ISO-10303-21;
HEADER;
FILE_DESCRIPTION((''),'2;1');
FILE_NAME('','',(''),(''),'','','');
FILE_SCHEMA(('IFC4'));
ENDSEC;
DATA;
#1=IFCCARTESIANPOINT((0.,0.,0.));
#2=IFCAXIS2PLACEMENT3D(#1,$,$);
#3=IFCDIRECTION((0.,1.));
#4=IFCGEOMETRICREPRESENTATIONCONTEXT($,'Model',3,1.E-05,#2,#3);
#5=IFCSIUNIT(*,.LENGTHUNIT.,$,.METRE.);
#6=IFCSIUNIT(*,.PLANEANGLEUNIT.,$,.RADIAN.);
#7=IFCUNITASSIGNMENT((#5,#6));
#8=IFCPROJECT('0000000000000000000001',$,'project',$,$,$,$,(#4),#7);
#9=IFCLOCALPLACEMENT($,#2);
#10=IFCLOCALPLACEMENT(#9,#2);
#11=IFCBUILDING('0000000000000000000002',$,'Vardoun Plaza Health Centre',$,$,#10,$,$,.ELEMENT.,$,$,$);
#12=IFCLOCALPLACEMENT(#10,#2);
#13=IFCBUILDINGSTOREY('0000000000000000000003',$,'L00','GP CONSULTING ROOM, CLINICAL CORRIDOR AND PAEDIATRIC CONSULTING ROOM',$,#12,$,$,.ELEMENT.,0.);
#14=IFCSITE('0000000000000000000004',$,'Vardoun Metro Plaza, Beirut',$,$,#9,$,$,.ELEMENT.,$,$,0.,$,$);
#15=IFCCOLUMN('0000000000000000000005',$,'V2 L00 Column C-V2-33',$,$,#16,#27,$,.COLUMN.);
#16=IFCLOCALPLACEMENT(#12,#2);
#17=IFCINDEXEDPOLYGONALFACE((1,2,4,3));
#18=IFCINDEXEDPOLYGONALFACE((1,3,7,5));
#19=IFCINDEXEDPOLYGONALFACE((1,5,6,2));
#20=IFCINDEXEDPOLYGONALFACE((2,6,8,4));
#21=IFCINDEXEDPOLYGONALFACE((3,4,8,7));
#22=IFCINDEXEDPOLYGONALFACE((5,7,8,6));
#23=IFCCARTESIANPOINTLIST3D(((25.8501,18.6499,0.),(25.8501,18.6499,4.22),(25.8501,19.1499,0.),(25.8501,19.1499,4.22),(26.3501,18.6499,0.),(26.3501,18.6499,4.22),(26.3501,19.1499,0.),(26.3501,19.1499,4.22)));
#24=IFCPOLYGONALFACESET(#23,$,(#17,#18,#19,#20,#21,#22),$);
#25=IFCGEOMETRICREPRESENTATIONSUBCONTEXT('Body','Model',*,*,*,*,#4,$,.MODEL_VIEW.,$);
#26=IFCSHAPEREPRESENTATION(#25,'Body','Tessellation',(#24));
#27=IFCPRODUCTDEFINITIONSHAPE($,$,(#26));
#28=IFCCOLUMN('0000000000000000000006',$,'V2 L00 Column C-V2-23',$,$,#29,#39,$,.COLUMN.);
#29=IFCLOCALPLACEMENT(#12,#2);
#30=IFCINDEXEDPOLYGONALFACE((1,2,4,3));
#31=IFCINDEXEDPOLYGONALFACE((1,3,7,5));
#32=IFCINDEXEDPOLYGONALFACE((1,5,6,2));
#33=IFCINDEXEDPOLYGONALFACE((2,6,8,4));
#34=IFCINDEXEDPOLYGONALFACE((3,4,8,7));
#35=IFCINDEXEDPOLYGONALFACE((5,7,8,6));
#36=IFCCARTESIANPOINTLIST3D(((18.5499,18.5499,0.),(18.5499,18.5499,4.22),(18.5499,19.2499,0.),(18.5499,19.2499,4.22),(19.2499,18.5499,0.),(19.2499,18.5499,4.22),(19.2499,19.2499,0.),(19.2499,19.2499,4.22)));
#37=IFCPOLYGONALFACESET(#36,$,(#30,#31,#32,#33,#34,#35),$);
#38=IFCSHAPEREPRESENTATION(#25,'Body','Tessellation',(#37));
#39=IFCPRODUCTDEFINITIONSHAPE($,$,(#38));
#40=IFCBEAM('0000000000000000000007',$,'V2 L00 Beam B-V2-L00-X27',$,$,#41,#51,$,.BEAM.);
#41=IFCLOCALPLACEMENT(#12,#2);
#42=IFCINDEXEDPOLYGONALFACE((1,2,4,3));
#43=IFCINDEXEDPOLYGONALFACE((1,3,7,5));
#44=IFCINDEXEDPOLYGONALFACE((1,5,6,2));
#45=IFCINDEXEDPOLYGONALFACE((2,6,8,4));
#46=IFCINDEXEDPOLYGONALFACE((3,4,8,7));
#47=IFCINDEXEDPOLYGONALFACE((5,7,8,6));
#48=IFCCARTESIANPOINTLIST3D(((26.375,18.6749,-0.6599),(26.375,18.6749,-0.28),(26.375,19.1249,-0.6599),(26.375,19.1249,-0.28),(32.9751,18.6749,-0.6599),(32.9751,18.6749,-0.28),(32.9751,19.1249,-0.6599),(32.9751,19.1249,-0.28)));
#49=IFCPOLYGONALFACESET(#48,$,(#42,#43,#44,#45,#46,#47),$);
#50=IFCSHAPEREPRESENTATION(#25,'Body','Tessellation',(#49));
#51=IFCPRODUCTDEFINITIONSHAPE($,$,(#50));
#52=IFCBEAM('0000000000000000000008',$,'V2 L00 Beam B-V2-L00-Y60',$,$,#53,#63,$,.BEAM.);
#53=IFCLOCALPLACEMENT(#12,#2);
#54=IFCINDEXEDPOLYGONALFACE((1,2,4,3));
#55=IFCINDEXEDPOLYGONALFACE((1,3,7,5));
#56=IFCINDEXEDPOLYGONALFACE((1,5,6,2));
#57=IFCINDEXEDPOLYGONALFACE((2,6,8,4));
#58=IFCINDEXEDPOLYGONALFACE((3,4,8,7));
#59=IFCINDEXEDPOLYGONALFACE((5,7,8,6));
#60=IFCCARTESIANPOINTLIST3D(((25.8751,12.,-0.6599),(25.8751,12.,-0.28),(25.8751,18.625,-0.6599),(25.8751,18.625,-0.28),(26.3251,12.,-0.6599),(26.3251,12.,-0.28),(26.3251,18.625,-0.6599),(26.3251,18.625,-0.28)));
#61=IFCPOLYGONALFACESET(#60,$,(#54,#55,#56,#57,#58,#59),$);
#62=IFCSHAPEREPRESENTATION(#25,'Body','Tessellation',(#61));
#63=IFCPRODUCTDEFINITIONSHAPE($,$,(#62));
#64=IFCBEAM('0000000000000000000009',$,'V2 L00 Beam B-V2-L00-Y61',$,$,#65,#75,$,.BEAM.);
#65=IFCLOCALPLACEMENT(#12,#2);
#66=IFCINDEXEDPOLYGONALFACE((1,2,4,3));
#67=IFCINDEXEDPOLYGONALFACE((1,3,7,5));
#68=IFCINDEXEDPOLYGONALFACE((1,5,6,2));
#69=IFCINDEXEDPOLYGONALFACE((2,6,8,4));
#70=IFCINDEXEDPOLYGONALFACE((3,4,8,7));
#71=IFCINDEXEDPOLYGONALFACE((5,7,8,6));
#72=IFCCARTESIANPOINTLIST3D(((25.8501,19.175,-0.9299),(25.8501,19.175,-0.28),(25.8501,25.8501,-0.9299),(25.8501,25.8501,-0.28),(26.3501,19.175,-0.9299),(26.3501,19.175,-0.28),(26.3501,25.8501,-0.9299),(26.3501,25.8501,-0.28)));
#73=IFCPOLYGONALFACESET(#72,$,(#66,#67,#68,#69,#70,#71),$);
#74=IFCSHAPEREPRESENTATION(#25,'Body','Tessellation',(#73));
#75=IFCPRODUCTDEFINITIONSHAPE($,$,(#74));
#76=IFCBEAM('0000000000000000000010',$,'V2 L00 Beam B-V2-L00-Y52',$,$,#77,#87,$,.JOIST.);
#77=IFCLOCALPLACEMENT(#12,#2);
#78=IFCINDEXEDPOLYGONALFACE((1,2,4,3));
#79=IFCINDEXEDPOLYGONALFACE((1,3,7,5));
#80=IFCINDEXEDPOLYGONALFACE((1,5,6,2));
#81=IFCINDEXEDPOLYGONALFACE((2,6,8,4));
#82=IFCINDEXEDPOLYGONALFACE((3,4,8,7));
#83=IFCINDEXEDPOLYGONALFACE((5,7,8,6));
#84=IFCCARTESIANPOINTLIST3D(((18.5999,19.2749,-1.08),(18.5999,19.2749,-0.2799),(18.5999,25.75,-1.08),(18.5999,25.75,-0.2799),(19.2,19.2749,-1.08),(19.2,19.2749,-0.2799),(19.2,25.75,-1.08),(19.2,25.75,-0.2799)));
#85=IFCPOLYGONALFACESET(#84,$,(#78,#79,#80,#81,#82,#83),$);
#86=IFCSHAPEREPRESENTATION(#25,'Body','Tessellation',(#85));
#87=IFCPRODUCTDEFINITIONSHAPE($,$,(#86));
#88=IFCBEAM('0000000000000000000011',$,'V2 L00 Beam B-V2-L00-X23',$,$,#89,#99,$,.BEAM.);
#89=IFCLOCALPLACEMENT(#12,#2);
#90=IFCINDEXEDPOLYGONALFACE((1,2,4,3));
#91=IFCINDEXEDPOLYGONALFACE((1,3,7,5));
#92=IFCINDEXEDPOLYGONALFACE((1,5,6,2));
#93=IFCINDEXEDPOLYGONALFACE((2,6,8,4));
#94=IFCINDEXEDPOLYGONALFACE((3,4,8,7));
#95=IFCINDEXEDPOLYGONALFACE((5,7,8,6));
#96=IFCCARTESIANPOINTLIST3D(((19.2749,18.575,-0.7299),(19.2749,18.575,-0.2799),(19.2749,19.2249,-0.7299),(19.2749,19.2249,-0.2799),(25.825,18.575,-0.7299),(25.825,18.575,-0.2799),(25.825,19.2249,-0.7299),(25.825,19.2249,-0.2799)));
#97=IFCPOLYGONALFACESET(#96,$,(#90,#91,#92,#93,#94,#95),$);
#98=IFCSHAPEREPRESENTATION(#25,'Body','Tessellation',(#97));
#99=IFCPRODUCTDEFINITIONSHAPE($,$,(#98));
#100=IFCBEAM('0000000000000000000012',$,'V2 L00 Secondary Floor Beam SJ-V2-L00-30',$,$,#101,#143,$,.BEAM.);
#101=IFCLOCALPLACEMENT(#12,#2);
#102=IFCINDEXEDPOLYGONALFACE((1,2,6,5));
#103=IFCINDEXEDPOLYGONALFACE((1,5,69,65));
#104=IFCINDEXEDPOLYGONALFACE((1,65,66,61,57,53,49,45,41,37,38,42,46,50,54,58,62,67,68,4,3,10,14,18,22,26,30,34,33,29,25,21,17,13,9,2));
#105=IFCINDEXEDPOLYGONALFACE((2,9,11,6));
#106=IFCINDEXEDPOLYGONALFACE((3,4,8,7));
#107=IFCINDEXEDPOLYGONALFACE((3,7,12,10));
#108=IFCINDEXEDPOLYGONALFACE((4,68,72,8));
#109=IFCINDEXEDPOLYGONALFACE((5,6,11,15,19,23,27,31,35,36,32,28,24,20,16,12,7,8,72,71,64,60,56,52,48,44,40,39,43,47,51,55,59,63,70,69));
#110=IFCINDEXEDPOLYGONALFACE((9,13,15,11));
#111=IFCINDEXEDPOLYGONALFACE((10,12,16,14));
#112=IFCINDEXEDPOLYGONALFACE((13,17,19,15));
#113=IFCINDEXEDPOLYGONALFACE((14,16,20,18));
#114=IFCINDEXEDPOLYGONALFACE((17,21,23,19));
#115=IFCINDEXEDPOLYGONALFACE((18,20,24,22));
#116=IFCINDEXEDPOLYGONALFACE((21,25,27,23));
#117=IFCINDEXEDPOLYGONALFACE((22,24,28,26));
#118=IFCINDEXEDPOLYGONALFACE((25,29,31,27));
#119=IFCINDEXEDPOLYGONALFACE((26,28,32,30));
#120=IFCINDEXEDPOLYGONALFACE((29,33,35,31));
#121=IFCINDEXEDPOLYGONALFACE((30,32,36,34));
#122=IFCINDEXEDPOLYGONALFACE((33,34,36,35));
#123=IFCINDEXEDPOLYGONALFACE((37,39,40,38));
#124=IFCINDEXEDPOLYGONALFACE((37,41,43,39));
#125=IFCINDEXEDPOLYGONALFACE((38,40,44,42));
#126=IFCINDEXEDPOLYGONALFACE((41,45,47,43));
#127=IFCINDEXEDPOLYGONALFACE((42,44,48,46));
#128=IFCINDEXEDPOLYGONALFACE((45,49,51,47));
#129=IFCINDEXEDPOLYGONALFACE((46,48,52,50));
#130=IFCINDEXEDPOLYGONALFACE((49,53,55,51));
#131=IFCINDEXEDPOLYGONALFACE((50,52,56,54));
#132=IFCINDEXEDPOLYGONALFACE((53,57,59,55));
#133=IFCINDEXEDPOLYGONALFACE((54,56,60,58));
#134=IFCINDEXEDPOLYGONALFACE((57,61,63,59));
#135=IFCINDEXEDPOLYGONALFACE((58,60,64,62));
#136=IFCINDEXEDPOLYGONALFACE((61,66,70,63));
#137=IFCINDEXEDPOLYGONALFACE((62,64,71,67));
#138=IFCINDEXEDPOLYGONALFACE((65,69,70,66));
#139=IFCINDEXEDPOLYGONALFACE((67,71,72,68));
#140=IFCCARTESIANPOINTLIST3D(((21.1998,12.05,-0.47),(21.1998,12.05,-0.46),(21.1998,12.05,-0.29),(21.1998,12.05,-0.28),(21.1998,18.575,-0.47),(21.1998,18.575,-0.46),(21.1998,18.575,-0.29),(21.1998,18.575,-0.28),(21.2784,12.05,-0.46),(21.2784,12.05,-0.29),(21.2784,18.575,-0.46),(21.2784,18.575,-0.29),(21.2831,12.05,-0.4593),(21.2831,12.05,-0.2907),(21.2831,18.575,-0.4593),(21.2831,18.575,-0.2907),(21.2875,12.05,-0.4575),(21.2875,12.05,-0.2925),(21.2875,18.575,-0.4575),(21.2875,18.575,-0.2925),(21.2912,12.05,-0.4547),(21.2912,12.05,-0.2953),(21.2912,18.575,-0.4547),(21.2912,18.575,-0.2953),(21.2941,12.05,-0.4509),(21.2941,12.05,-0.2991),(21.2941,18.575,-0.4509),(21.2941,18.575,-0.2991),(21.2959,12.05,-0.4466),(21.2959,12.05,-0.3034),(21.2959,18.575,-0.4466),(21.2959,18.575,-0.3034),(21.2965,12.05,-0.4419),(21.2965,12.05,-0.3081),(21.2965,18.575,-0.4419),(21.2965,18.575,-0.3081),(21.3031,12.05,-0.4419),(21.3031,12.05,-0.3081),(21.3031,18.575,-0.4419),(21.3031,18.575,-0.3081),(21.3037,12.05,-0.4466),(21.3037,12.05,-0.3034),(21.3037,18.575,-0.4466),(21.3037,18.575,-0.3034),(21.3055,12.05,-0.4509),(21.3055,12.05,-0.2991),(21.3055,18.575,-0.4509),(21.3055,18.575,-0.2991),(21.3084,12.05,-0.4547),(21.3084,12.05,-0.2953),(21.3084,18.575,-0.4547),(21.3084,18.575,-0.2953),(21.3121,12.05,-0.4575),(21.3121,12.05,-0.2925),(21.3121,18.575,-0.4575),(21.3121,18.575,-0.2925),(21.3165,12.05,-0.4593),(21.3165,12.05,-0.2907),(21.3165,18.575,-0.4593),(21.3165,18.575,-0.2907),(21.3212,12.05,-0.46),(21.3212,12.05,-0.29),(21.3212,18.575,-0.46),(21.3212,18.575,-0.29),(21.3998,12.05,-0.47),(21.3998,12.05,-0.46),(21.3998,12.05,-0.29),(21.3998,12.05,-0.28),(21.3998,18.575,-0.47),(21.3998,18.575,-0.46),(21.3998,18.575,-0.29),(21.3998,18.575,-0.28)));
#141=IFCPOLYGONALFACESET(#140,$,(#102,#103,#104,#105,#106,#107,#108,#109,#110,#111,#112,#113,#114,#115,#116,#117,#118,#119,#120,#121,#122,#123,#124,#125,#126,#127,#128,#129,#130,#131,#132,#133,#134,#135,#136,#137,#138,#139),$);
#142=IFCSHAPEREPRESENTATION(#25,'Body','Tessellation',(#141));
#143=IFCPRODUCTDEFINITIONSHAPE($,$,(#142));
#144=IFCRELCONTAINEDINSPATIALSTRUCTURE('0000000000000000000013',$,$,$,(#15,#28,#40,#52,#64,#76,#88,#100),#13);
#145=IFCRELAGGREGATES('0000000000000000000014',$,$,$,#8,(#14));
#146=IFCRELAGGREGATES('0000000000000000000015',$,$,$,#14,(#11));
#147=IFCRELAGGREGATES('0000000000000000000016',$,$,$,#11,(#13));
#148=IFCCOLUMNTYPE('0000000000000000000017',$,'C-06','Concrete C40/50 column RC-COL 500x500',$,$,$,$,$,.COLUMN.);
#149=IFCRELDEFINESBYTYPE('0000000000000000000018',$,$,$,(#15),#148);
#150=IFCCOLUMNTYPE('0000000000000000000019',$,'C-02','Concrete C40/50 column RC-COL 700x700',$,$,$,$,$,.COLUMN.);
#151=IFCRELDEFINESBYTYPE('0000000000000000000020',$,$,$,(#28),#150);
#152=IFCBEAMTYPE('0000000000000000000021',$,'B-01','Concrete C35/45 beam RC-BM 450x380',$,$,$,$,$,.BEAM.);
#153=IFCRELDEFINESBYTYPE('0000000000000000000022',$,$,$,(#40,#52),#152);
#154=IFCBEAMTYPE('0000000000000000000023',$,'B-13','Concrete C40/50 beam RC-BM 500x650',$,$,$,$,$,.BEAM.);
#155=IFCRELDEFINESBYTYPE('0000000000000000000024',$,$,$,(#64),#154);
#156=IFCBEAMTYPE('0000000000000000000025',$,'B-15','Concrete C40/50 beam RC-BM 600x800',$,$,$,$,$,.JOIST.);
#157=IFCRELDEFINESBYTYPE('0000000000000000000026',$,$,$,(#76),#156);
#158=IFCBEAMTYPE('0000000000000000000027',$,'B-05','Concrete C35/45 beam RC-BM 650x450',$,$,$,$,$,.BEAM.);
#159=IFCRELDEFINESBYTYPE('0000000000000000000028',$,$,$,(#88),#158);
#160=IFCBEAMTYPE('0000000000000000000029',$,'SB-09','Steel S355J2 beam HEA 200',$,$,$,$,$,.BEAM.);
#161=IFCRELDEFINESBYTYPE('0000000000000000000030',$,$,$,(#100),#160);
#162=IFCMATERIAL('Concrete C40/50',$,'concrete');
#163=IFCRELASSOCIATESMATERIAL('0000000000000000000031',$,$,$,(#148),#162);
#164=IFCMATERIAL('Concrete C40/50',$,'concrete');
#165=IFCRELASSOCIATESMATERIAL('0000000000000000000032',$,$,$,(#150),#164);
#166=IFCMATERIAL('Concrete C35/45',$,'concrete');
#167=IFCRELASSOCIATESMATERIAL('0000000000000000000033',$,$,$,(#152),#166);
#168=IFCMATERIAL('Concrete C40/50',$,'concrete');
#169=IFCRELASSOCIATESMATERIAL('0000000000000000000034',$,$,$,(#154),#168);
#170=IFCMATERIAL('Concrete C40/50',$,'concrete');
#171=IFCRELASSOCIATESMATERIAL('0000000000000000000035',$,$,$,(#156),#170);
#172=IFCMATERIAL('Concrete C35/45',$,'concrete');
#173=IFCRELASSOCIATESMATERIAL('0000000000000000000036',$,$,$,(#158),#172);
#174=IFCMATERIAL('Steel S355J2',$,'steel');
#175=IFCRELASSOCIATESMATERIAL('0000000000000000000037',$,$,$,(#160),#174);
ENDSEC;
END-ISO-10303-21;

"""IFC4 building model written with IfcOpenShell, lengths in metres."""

from ifc_helpers import new_model, si_unit, direction, frame, origin, origin_2d, place, context, subcontext, project, spatial, rectangle, i_section, extrude, material, material_profile, profile_set, type_object, element, save


model = new_model("IFC4")

# Units and contexts
model_context = context("Model", 3, precision=1e-05, world=origin(), true_north=direction((0.0, 1.0)))
body_context = subcontext(model_context, "Body", "Model", "MODEL_VIEW")
ifc_project = project(units=[si_unit("LENGTHUNIT", "METRE"), si_unit("PLANEANGLEUNIT", "RADIAN")], contexts=[model_context])

# Site, building, storey
site_placement = place(None, origin())
site = spatial("IfcSite", under=ifc_project, at=site_placement, Name="Vardoun Metro Plaza, Beirut", CompositionType="ELEMENT", RefElevation=0.0)
building_placement = place(site_placement, origin())
building = spatial("IfcBuilding", under=site, at=building_placement, Name="Vardoun Plaza Health Centre", CompositionType="ELEMENT")
storey_placement = place(building_placement, origin())
storey = spatial("IfcBuildingStorey", under=building, at=storey_placement, Name="L00", Description="GP CONSULTING ROOM, CLINICAL CORRIDOR AND PAEDIATRIC CONSULTING ROOM", CompositionType="ELEMENT", Elevation=0.0)

# Columns
ifc_material_1 = material(Name="Concrete C40/50", Category="concrete")
ifc_material_profile_1 = material_profile(ifc_material_1, rectangle(XDim=0.5, YDim=0.5, at=origin_2d()), Name="RC-COL 500x500")
ifc_profile_set_1 = profile_set([ifc_material_profile_1], Name="Concrete C40/50")
column_type_1 = type_object("IfcColumnType", Name="C-06", Description="Concrete C40/50 column RC-COL 500x500", PredefinedType="COLUMN", material=ifc_profile_set_1)
column_1_placement = place(storey_placement, frame((26.1001, 18.8999, 0.0), z_axis=(0.0, 0.0, 1.0), x_axis=(1.0, 0.0, 0.0)))
element("IfcColumn", 1, at=column_1_placement, inside=storey, type_object=column_type_1, Name="V2 L00 Column C-V2-33", PredefinedType="COLUMN", context=body_context, shape_type="SweptSolid", body=[
    extrude(rectangle(XDim=0.5, YDim=0.5, at=origin_2d()), origin(), (0.0, 0.0, 1.0), 4.22),
])
ifc_material_2 = material(Name="Concrete C40/50", Category="concrete")
ifc_material_profile_2 = material_profile(ifc_material_2, rectangle(XDim=0.7, YDim=0.7, at=origin_2d()), Name="RC-COL 700x700")
ifc_profile_set_2 = profile_set([ifc_material_profile_2], Name="Concrete C40/50")
column_type_2 = type_object("IfcColumnType", Name="C-02", Description="Concrete C40/50 column RC-COL 700x700", PredefinedType="COLUMN", material=ifc_profile_set_2)
column_2_placement = place(storey_placement, frame((18.8999, 18.8999, 0.0), z_axis=(0.0, 0.0, 1.0), x_axis=(1.0, 0.0, 0.0)))
element("IfcColumn", 2, at=column_2_placement, inside=storey, type_object=column_type_2, Name="V2 L00 Column C-V2-23", PredefinedType="COLUMN", context=body_context, shape_type="SweptSolid", body=[
    extrude(rectangle(XDim=0.7, YDim=0.7, at=origin_2d()), origin(), (0.0, 0.0, 1.0), 4.22),
])

# Beams
ifc_material_3 = material(Name="Concrete C35/45", Category="concrete")
ifc_material_profile_3 = material_profile(ifc_material_3, rectangle(XDim=0.45, YDim=0.3799, at=origin_2d()), Name="RC-BM 450x380")
ifc_profile_set_3 = profile_set([ifc_material_profile_3], Name="Concrete C35/45")
beam_type_1 = type_object("IfcBeamType", Name="B-01", Description="Concrete C35/45 beam RC-BM 450x380", PredefinedType="BEAM", material=ifc_profile_set_3)
beam_1_placement = place(storey_placement, frame((26.375, 18.8999, -0.47), z_axis=(1.0, 0.0, 0.0), x_axis=(0.0, 1.0, 0.0)))
element("IfcBeam", 3, at=beam_1_placement, inside=storey, type_object=beam_type_1, Name="V2 L00 Beam B-V2-L00-X27", PredefinedType="BEAM", context=body_context, shape_type="SweptSolid", body=[
    extrude(rectangle(XDim=0.45, YDim=0.3799, at=origin_2d()), origin(), (0.0, 0.0, 1.0), 6.6001),
])
beam_2_placement = place(storey_placement, frame((26.1001, 12.0, -0.47), z_axis=(0.0, 1.0, 0.0), x_axis=(-1.0, 0.0, 0.0)))
element("IfcBeam", 4, at=beam_2_placement, inside=storey, type_object=beam_type_1, Name="V2 L00 Beam B-V2-L00-Y60", PredefinedType="BEAM", context=body_context, shape_type="SweptSolid", body=[
    extrude(rectangle(XDim=0.45, YDim=0.3799, at=origin_2d()), origin(), (0.0, 0.0, 1.0), 6.625),
])
ifc_material_4 = material(Name="Concrete C40/50", Category="concrete")
ifc_material_profile_4 = material_profile(ifc_material_4, rectangle(XDim=0.5, YDim=0.6499, at=origin_2d()), Name="RC-BM 500x650")
ifc_profile_set_4 = profile_set([ifc_material_profile_4], Name="Concrete C40/50")
beam_type_2 = type_object("IfcBeamType", Name="B-13", Description="Concrete C40/50 beam RC-BM 500x650", PredefinedType="BEAM", material=ifc_profile_set_4)
beam_3_placement = place(storey_placement, frame((26.1001, 19.175, -0.605), z_axis=(0.0, 1.0, 0.0), x_axis=(-1.0, 0.0, 0.0)))
element("IfcBeam", 5, at=beam_3_placement, inside=storey, type_object=beam_type_2, Name="V2 L00 Beam B-V2-L00-Y61", PredefinedType="BEAM", context=body_context, shape_type="SweptSolid", body=[
    extrude(rectangle(XDim=0.5, YDim=0.6499, at=origin_2d()), origin(), (0.0, 0.0, 1.0), 6.675),
])
ifc_material_5 = material(Name="Concrete C40/50", Category="concrete")
ifc_material_profile_5 = material_profile(ifc_material_5, rectangle(XDim=0.6001, YDim=0.8, at=origin_2d()), Name="RC-BM 600x800")
ifc_profile_set_5 = profile_set([ifc_material_profile_5], Name="Concrete C40/50")
beam_type_3 = type_object("IfcBeamType", Name="B-15", Description="Concrete C40/50 beam RC-BM 600x800", PredefinedType="JOIST", material=ifc_profile_set_5)
beam_4_placement = place(storey_placement, frame((18.8999, 19.2749, -0.6799), z_axis=(0.0, 1.0, 0.0), x_axis=(-1.0, 0.0, 0.0)))
element("IfcBeam", 6, at=beam_4_placement, inside=storey, type_object=beam_type_3, Name="V2 L00 Beam B-V2-L00-Y52", PredefinedType="JOIST", context=body_context, shape_type="SweptSolid", body=[
    extrude(rectangle(XDim=0.6001, YDim=0.8, at=origin_2d()), origin(), (0.0, 0.0, 1.0), 6.4751),
])
ifc_material_6 = material(Name="Concrete C35/45", Category="concrete")
ifc_material_profile_6 = material_profile(ifc_material_6, rectangle(XDim=0.6499, YDim=0.45, at=origin_2d()), Name="RC-BM 650x450")
ifc_profile_set_6 = profile_set([ifc_material_profile_6], Name="Concrete C35/45")
beam_type_4 = type_object("IfcBeamType", Name="B-05", Description="Concrete C35/45 beam RC-BM 650x450", PredefinedType="BEAM", material=ifc_profile_set_6)
beam_5_placement = place(storey_placement, frame((19.2749, 18.8999, -0.5049), z_axis=(1.0, 0.0, 0.0), x_axis=(0.0, 1.0, 0.0)))
element("IfcBeam", 7, at=beam_5_placement, inside=storey, type_object=beam_type_4, Name="V2 L00 Beam B-V2-L00-X23", PredefinedType="BEAM", context=body_context, shape_type="SweptSolid", body=[
    extrude(rectangle(XDim=0.6499, YDim=0.45, at=origin_2d()), origin(), (0.0, 0.0, 1.0), 6.55),
])
ifc_material_7 = material(Name="Steel S355J2", Category="steel")
ifc_material_profile_7 = material_profile(ifc_material_7, i_section(OverallWidth=0.2, OverallDepth=0.1899, WebThickness=0.0066, FlangeThickness=0.01, FilletRadius=0.0181, at=origin_2d()), Name="HEA 200")
ifc_profile_set_7 = profile_set([ifc_material_profile_7], Name="Steel S355J2")
beam_type_5 = type_object("IfcBeamType", Name="SB-09", Description="Steel S355J2 beam HEA 200", PredefinedType="BEAM", material=ifc_profile_set_7)
beam_6_placement = place(storey_placement, frame((21.2998, 12.05, -0.375), z_axis=(0.0, 1.0, 0.0), x_axis=(-1.0, 0.0, 0.0)))
element("IfcBeam", 8, at=beam_6_placement, inside=storey, type_object=beam_type_5, Name="V2 L00 Secondary Floor Beam SJ-V2-L00-30", PredefinedType="BEAM", context=body_context, shape_type="SweptSolid", body=[
    extrude(i_section(OverallWidth=0.2, OverallDepth=0.1899, WebThickness=0.0066, FlangeThickness=0.01, FilletRadius=0.0181, at=origin_2d()), origin(), (0.0, 0.0, 1.0), 6.5249),
])

save(model, "model.ifc")
